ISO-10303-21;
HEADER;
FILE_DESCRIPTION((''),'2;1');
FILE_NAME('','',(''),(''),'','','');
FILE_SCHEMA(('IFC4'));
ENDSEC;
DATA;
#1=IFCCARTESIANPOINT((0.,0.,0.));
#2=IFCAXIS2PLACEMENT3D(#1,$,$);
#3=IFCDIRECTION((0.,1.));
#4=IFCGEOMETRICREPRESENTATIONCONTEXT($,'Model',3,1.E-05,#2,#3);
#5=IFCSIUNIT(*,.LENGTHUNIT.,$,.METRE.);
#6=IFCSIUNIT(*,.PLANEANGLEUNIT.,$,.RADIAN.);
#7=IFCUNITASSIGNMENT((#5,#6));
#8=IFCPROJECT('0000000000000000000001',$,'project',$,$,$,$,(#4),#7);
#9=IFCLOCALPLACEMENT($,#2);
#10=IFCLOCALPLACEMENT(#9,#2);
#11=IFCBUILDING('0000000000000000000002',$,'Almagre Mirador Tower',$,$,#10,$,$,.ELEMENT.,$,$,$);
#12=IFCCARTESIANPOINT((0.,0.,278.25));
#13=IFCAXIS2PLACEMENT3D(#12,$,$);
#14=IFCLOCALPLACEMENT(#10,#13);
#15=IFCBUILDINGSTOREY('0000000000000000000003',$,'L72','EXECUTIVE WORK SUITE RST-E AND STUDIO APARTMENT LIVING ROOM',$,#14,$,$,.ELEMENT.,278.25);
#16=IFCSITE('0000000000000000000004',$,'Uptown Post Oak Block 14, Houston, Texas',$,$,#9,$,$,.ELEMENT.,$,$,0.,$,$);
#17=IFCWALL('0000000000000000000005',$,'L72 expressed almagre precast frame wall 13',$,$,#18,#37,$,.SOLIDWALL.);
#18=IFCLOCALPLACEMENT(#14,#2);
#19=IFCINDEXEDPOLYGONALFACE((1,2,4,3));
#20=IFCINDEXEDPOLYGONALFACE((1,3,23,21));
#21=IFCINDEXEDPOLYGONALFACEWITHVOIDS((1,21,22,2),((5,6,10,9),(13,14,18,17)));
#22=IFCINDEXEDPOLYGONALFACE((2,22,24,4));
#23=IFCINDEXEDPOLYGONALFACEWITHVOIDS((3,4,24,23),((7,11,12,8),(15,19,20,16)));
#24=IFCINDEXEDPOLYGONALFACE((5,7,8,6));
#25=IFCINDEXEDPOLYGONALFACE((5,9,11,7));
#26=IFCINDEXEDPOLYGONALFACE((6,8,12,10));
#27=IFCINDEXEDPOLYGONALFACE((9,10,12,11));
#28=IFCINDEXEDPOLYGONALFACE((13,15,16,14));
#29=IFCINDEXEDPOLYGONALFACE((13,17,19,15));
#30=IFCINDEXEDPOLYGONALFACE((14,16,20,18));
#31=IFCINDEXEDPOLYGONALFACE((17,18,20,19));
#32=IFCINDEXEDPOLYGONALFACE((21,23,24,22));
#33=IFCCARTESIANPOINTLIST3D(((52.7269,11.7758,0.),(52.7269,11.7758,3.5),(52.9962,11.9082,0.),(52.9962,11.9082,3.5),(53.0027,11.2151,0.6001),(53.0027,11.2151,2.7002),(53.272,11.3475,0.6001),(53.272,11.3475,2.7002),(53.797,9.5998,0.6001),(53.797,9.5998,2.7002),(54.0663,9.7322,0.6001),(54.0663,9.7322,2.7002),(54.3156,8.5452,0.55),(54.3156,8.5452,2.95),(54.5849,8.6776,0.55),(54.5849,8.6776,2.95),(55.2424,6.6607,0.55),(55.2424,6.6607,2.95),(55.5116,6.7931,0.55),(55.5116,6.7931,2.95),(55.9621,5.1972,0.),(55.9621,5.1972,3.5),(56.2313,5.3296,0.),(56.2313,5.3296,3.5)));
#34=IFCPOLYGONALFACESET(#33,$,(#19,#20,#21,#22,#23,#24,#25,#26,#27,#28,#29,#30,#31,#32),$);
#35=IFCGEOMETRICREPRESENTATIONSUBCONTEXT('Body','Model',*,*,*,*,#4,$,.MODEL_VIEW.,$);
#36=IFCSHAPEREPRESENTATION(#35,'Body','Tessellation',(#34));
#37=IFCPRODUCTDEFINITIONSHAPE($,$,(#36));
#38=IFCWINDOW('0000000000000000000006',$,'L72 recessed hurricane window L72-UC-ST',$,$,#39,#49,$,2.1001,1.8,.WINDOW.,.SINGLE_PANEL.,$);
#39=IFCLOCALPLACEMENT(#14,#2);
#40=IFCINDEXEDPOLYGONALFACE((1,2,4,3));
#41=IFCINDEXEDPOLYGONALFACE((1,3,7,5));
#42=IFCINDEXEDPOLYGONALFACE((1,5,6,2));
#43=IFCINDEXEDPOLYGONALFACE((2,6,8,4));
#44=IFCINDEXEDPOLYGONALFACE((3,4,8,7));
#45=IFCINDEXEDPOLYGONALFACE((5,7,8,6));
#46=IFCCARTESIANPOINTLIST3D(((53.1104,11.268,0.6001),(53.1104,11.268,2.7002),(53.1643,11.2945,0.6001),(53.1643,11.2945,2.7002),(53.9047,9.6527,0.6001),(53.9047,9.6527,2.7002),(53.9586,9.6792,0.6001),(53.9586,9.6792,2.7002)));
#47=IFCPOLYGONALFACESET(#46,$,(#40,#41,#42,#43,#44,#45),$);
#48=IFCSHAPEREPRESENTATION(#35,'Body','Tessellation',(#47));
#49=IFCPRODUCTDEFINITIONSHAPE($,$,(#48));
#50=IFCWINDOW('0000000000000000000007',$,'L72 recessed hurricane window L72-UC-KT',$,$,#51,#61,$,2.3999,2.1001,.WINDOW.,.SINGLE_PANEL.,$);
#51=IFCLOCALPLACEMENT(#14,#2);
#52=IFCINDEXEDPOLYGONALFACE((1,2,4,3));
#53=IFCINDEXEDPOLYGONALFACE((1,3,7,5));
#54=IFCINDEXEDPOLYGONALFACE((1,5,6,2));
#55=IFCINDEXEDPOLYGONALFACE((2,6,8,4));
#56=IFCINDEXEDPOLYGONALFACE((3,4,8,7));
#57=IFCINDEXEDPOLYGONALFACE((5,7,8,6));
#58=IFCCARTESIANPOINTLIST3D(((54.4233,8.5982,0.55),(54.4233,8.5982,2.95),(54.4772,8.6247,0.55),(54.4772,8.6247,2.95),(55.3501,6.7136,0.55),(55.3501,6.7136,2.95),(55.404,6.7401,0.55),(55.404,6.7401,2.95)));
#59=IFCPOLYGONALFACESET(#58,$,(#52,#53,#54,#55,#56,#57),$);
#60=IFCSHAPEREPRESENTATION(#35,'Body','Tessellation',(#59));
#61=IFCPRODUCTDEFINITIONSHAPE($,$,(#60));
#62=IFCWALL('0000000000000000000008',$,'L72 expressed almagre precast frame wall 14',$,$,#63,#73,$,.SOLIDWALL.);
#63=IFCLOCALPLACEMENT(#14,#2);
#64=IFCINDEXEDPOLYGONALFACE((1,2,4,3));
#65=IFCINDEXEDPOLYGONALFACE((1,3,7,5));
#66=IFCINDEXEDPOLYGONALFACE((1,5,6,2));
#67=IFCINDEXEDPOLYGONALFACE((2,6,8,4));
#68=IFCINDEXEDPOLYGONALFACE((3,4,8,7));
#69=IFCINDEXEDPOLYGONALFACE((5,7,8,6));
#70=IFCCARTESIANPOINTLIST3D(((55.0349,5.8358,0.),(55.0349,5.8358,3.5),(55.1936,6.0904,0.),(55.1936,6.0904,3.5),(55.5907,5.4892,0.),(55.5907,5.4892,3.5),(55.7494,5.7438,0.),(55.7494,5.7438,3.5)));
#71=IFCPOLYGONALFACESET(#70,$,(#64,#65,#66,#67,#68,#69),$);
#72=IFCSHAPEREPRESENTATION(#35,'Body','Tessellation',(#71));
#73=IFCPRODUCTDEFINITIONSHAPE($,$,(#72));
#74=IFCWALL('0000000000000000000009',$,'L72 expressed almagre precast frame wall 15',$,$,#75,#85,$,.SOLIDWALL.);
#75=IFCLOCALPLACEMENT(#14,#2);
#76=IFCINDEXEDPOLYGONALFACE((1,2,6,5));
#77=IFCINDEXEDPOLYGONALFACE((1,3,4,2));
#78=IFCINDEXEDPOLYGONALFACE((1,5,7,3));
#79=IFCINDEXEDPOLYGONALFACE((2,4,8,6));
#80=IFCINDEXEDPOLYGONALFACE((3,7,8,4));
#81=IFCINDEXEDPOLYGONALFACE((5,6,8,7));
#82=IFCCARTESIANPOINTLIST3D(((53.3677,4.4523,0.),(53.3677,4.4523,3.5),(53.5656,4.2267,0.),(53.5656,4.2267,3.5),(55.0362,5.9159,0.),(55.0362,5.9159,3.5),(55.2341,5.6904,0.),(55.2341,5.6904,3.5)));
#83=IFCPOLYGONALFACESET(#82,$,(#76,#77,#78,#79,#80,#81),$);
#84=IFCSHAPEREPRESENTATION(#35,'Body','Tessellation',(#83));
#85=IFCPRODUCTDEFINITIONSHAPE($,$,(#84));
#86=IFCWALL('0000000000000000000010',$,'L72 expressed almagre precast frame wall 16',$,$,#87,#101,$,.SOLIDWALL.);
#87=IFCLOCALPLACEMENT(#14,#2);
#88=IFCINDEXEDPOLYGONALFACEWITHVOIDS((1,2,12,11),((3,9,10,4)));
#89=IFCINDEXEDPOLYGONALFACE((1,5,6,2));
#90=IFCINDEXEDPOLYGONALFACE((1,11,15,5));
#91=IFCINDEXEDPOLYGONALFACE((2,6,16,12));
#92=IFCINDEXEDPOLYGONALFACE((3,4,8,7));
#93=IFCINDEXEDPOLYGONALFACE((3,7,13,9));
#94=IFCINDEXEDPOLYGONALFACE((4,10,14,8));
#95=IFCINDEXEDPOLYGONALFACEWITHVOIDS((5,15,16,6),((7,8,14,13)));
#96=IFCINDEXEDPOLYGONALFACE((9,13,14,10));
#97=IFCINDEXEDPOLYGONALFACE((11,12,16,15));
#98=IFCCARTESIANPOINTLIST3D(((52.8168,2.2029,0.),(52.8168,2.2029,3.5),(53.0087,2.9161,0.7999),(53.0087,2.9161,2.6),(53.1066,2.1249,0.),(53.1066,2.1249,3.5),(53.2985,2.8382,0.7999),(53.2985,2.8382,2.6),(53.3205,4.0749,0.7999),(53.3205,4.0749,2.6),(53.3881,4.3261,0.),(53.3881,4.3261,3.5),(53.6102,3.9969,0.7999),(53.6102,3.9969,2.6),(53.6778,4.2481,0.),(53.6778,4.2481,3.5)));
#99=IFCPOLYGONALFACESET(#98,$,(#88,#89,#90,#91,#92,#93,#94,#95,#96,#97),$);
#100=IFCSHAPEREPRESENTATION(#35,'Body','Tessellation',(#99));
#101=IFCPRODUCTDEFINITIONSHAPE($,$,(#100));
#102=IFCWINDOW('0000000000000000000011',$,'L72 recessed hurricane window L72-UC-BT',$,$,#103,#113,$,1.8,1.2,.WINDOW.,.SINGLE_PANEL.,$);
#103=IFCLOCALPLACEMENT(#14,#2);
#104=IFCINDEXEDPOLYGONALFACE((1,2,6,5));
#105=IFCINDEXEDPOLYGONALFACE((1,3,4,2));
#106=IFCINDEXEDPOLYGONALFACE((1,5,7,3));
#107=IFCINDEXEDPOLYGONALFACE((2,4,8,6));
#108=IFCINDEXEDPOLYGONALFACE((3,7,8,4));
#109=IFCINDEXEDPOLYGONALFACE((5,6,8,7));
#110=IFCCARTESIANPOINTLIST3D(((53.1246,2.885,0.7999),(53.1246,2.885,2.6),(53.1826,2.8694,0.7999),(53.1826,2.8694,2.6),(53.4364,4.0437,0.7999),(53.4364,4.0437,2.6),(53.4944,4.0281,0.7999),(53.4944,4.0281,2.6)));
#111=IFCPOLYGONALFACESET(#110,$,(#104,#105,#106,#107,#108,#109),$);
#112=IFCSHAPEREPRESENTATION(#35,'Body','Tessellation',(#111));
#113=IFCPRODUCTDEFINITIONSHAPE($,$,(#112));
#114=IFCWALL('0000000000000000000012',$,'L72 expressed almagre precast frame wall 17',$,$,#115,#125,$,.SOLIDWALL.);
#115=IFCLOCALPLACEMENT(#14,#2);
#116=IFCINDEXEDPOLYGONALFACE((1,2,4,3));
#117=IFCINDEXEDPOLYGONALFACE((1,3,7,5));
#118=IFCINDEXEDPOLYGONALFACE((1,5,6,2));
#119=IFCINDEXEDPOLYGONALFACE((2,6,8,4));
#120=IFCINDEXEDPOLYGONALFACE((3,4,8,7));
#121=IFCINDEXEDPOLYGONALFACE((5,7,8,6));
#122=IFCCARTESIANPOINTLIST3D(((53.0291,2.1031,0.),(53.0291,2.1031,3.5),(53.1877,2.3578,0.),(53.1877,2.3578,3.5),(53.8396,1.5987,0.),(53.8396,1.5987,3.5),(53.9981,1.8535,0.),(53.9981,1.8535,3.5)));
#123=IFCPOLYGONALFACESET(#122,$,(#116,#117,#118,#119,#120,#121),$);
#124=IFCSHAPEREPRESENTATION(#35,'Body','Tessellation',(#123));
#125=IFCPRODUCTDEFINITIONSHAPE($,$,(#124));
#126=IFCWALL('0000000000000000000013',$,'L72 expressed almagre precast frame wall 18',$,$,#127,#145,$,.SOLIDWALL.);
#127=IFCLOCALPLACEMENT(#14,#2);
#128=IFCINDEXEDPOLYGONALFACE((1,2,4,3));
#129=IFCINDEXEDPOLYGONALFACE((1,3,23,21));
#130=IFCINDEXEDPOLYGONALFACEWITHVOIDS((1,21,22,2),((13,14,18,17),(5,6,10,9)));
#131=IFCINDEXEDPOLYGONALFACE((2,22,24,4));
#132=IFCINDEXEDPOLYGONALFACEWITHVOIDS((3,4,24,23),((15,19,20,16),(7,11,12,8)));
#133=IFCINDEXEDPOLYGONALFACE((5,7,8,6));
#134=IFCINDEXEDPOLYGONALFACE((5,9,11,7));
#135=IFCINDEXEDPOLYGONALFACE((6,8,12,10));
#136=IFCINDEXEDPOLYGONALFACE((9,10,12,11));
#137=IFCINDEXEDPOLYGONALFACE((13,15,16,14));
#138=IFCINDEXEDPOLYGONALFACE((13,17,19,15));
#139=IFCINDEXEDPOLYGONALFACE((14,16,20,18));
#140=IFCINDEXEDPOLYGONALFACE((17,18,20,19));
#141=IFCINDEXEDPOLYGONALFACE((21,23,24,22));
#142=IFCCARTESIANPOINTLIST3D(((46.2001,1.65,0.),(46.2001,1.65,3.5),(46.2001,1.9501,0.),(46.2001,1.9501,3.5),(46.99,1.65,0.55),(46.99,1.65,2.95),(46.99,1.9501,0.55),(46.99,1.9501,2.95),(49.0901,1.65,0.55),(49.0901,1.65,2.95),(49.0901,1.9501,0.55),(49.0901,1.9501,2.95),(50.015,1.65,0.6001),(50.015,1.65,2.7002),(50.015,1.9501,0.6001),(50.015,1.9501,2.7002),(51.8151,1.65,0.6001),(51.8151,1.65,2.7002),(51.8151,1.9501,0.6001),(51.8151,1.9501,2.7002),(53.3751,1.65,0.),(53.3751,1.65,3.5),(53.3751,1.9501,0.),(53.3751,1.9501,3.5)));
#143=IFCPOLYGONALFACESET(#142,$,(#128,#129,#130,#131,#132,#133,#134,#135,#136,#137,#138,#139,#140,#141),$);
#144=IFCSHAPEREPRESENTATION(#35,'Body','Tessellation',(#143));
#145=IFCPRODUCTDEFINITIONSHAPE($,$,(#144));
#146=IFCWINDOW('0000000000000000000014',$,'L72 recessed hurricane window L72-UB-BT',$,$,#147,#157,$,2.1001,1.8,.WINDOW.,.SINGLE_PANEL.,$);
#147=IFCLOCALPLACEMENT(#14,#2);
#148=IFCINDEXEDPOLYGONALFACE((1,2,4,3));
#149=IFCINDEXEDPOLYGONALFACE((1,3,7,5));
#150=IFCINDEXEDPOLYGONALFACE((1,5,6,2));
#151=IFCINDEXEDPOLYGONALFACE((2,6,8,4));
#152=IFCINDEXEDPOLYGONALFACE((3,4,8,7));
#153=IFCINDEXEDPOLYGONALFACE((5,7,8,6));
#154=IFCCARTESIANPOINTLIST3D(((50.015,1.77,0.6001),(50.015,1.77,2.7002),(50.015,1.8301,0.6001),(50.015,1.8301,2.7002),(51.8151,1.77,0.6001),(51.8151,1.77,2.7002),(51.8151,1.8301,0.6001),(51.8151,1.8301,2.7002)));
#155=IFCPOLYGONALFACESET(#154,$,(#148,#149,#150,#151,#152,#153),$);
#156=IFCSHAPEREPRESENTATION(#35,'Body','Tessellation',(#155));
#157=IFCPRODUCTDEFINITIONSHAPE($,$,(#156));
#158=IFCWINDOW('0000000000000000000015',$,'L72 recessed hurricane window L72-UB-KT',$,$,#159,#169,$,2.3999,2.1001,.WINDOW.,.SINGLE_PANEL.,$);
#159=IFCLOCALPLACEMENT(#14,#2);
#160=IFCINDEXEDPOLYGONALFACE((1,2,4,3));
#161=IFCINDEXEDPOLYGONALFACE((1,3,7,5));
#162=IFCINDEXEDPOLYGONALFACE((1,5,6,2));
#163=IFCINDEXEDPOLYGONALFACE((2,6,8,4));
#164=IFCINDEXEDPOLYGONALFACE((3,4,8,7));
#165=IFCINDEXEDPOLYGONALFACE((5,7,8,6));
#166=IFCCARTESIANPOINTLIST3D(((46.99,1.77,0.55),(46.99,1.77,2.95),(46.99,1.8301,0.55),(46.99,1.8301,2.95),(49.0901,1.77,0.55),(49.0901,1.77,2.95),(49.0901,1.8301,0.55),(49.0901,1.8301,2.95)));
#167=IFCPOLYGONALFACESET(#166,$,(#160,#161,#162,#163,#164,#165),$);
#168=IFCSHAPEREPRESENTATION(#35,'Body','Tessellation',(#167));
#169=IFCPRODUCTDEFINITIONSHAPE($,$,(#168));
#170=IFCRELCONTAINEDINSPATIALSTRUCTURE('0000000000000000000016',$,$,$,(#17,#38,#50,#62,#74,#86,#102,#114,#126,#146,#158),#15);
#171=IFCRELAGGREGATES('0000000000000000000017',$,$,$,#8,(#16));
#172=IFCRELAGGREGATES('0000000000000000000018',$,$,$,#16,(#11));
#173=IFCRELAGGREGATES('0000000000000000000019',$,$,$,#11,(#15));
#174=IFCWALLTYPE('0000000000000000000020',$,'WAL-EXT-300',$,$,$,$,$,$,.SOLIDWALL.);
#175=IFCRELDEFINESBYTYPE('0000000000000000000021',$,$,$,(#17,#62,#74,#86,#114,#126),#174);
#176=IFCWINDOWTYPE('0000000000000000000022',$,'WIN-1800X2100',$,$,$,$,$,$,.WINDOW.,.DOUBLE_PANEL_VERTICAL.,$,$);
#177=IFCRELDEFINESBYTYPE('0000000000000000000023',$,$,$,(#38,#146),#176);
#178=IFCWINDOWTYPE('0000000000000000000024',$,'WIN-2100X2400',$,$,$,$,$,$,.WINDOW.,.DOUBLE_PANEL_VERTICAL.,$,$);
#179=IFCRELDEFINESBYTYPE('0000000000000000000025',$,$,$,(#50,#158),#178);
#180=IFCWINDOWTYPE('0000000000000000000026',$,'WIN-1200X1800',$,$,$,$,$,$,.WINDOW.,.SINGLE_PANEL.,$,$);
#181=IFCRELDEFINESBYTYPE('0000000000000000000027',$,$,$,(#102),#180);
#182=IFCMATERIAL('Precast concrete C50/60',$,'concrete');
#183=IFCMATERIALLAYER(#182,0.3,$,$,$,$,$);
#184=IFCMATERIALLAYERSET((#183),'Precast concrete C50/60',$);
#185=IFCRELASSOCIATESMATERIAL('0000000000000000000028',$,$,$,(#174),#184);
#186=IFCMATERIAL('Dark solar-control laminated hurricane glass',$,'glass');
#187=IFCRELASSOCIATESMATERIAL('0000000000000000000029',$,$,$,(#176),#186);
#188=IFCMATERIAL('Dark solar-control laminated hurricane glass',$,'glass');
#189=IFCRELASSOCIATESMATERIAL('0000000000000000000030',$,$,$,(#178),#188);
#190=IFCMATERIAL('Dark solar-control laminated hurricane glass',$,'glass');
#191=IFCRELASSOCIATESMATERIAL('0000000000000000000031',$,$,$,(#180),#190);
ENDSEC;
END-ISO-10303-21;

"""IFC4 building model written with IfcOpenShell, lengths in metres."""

from ifc_helpers import new_model, si_unit, direction, frame, frame_2d, origin, place, context, subcontext, project, spatial, rectangle, extrude, material, layer, layer_set, type_object, element, fill, save


model = new_model("IFC4")

# Units and contexts
model_context = context("Model", 3, precision=1e-05, world=origin(), true_north=direction((0.0, 1.0)))
body_context = subcontext(model_context, "Body", "Model", "MODEL_VIEW")
ifc_project = project(units=[si_unit("LENGTHUNIT", "METRE"), si_unit("PLANEANGLEUNIT", "RADIAN")], contexts=[model_context])

# Site, building, storey
site_placement = place(None, origin())
site = spatial("IfcSite", under=ifc_project, at=site_placement, Name="Uptown Post Oak Block 14, Houston, Texas", CompositionType="ELEMENT", RefElevation=0.0)
building_placement = place(site_placement, origin())
building = spatial("IfcBuilding", under=site, at=building_placement, Name="Almagre Mirador Tower", CompositionType="ELEMENT")
storey_placement = place(building_placement, frame((0.0, 0.0, 278.25)))
storey = spatial("IfcBuildingStorey", under=building, at=storey_placement, Name="L72", Description="EXECUTIVE WORK SUITE RST-E AND STUDIO APARTMENT LIVING ROOM", CompositionType="ELEMENT", Elevation=278.25)

# Wall, openings, windows
ifc_material_1 = material(Name="Precast concrete C50/60", Category="concrete")
ifc_layer_1 = layer(ifc_material_1, 0.3)
ifc_layer_set_1 = layer_set([ifc_layer_1], Name="Precast concrete C50/60")
wall_type_1 = type_object("IfcWallType", Name="WAL-EXT-300", PredefinedType="SOLIDWALL", material=ifc_layer_set_1)
wall_1_placement = place(storey_placement, frame((52.8616, 11.842, 0.0), z_axis=(0.0, 0.0, 1.0), x_axis=(0.441289, -0.897365, 0.0)))
wall_1 = element("IfcWall", 1, at=wall_1_placement, inside=storey, type_object=wall_type_1, Name="L72 expressed almagre precast frame wall 13", PredefinedType="SOLIDWALL", context=body_context, shape_type="SweptSolid", body=[
    extrude(rectangle(XDim=7.3311, YDim=0.3, at=frame_2d((3.6655, 0.0))), origin(), (0.0, 0.0, 1.0), 3.5),
])
opening_1_placement = place(wall_1_placement, frame((0.625, 0.0, 0.6001)))
opening_1 = element("IfcOpeningElement", 2, at=opening_1_placement, cuts=wall_1, PredefinedType="OPENING", context=body_context, shape_type="SweptSolid", body=[
    extrude(rectangle(XDim=1.8, YDim=2.1001, at=frame_2d((0.8999, 1.05))), frame((0.0, 0.1599, 0.0), z_axis=(0.0, -1.0, 0.0), x_axis=(1.0, 0.0, 0.0)), (0.0, 0.0, 1.0), 0.32),
])
opening_2_placement = place(wall_1_placement, frame((3.6001, 0.0, 0.55)))
opening_2 = element("IfcOpeningElement", 3, at=opening_2_placement, cuts=wall_1, PredefinedType="OPENING", context=body_context, shape_type="SweptSolid", body=[
    extrude(rectangle(XDim=2.1001, YDim=2.3999, at=frame_2d((1.05, 1.2))), frame((0.0, 0.1599, 0.0), z_axis=(0.0, -1.0, 0.0), x_axis=(1.0, 0.0, 0.0)), (0.0, 0.0, 1.0), 0.32),
])
ifc_material_2 = material(Name="Dark solar-control laminated hurricane glass", Category="glass")
window_type_1 = type_object("IfcWindowType", Name="WIN-1800X2100", PartitioningType="DOUBLE_PANEL_VERTICAL", PredefinedType="WINDOW", material=ifc_material_2)
window_1_placement = place(opening_1_placement, origin())
window_1 = element("IfcWindow", 4, at=window_1_placement, inside=storey, type_object=window_type_1, Name="L72 recessed hurricane window L72-UC-ST", OverallHeight=2.1001, OverallWidth=1.8, PartitioningType="SINGLE_PANEL", PredefinedType="WINDOW", context=body_context, shape_type="SweptSolid", body=[
    extrude(rectangle(XDim=1.8, YDim=2.1001, at=frame_2d((0.8999, 1.05))), frame((0.0, 0.03, 0.0), z_axis=(0.0, -1.0, 0.0), x_axis=(1.0, 0.0, 0.0)), (0.0, 0.0, 1.0), 0.0601),
])
fill(opening_1, window_1)
ifc_material_3 = material(Name="Dark solar-control laminated hurricane glass", Category="glass")
window_type_2 = type_object("IfcWindowType", Name="WIN-2100X2400", PartitioningType="DOUBLE_PANEL_VERTICAL", PredefinedType="WINDOW", material=ifc_material_3)
window_2_placement = place(opening_2_placement, origin())
window_2 = element("IfcWindow", 5, at=window_2_placement, inside=storey, type_object=window_type_2, Name="L72 recessed hurricane window L72-UC-KT", OverallHeight=2.3999, OverallWidth=2.1001, PartitioningType="SINGLE_PANEL", PredefinedType="WINDOW", context=body_context, shape_type="SweptSolid", body=[
    extrude(rectangle(XDim=2.1001, YDim=2.3999, at=frame_2d((1.05, 1.2))), frame((0.0, 0.03, 0.0), z_axis=(0.0, -1.0, 0.0), x_axis=(1.0, 0.0, 0.0)), (0.0, 0.0, 1.0), 0.0601),
])
fill(opening_2, window_2)

# Walls
wall_2_placement = place(storey_placement, frame((55.6702, 5.6165, 0.0), z_axis=(0.0, 0.0, 1.0), x_axis=(-0.848521, 0.529161, 0.0)))
element("IfcWall", 6, at=wall_2_placement, inside=storey, type_object=wall_type_1, Name="L72 expressed almagre precast frame wall 14", PredefinedType="SOLIDWALL", context=body_context, shape_type="SweptSolid", body=[
    extrude(rectangle(XDim=0.655, YDim=0.3, at=frame_2d((0.3276, 0.0))), origin(), (0.0, 0.0, 1.0), 3.5),
])
wall_3_placement = place(storey_placement, frame((55.1353, 5.8032, 0.0), z_axis=(0.0, 0.0, 1.0), x_axis=(-0.751745, -0.659454, 0.0)))
element("IfcWall", 7, at=wall_3_placement, inside=storey, type_object=wall_type_1, Name="L72 expressed almagre precast frame wall 15", PredefinedType="SOLIDWALL", context=body_context, shape_type="SweptSolid", body=[
    extrude(rectangle(XDim=2.2195, YDim=0.3, at=frame_2d((1.1099, 0.0))), origin(), (0.0, 0.0, 1.0), 3.5),
])

# Wall, opening, window
wall_4_placement = place(storey_placement, frame((53.533, 4.2871, 0.0), z_axis=(0.0, 0.0, 1.0), x_axis=(-0.259818, -0.965658, 0.0)))
wall_4 = element("IfcWall", 8, at=wall_4_placement, inside=storey, type_object=wall_type_1, Name="L72 expressed almagre precast frame wall 16", PredefinedType="SOLIDWALL", context=body_context, shape_type="SweptSolid", body=[
    extrude(rectangle(XDim=2.1987, YDim=0.3, at=frame_2d((1.0994, 0.0))), origin(), (0.0, 0.0, 1.0), 3.5),
])
opening_3_placement = place(wall_4_placement, frame((0.26, 0.0, 0.8)))
opening_3 = element("IfcOpeningElement", 9, at=opening_3_placement, cuts=wall_4, PredefinedType="OPENING", context=body_context, shape_type="SweptSolid", body=[
    extrude(rectangle(XDim=1.2, YDim=1.8, at=frame_2d((0.6001, 0.8999))), frame((0.0, 0.1599, 0.0), z_axis=(0.0, -1.0, 0.0), x_axis=(1.0, 0.0, 0.0)), (0.0, 0.0, 1.0), 0.32),
])
ifc_material_4 = material(Name="Dark solar-control laminated hurricane glass", Category="glass")
window_type_3 = type_object("IfcWindowType", Name="WIN-1200X1800", PartitioningType="SINGLE_PANEL", PredefinedType="WINDOW", material=ifc_material_4)
window_3_placement = place(opening_3_placement, origin())
window_3 = element("IfcWindow", 10, at=window_3_placement, inside=storey, type_object=window_type_3, Name="L72 recessed hurricane window L72-UC-BT", OverallHeight=1.8, OverallWidth=1.2, PartitioningType="SINGLE_PANEL", PredefinedType="WINDOW", context=body_context, shape_type="SweptSolid", body=[
    extrude(rectangle(XDim=1.2, YDim=1.8, at=frame_2d((0.6001, 0.8999))), frame((0.0, 0.03, 0.0), z_axis=(0.0, -1.0, 0.0), x_axis=(1.0, 0.0, 0.0)), (0.0, 0.0, 1.0), 0.0601),
])
fill(opening_3, window_3)

# Wall
wall_5_placement = place(storey_placement, frame((53.1084, 2.2305, 0.0), z_axis=(0.0, 0.0, 1.0), x_axis=(0.849031, -0.528343, 0.0)))
element("IfcWall", 11, at=wall_5_placement, inside=storey, type_object=wall_type_1, Name="L72 expressed almagre precast frame wall 17", PredefinedType="SOLIDWALL", context=body_context, shape_type="SweptSolid", body=[
    extrude(rectangle(XDim=0.9546, YDim=0.3, at=frame_2d((0.4773, 0.0))), origin(), (0.0, 0.0, 1.0), 3.5),
])

# Wall, openings, windows
wall_6_placement = place(storey_placement, frame((53.375, 1.8, 0.0), z_axis=(0.0, 0.0, 1.0), x_axis=(-1.0, 0.0, 0.0)))
wall_6 = element("IfcWall", 12, at=wall_6_placement, inside=storey, type_object=wall_type_1, Name="L72 expressed almagre precast frame wall 18", PredefinedType="SOLIDWALL", context=body_context, shape_type="SweptSolid", body=[
    extrude(rectangle(XDim=7.175, YDim=0.3, at=frame_2d((3.5874, 0.0))), origin(), (0.0, 0.0, 1.0), 3.5),
])
opening_4_placement = place(wall_6_placement, frame((4.2849, 0.0, 0.55)))
opening_4 = element("IfcOpeningElement", 13, at=opening_4_placement, cuts=wall_6, PredefinedType="OPENING", context=body_context, shape_type="SweptSolid", body=[
    extrude(rectangle(XDim=2.1001, YDim=2.3999, at=frame_2d((1.05, 1.2))), frame((0.0, 0.1599, 0.0), z_axis=(0.0, -1.0, 0.0), x_axis=(1.0, 0.0, 0.0)), (0.0, 0.0, 1.0), 0.32),
])
opening_5_placement = place(wall_6_placement, frame((1.5601, 0.0, 0.6001)))
opening_5 = element("IfcOpeningElement", 14, at=opening_5_placement, cuts=wall_6, PredefinedType="OPENING", context=body_context, shape_type="SweptSolid", body=[
    extrude(rectangle(XDim=1.8, YDim=2.1001, at=frame_2d((0.8999, 1.05))), frame((0.0, 0.1599, 0.0), z_axis=(0.0, -1.0, 0.0), x_axis=(1.0, 0.0, 0.0)), (0.0, 0.0, 1.0), 0.32),
])
window_4_placement = place(opening_5_placement, origin())
window_4 = element("IfcWindow", 15, at=window_4_placement, inside=storey, type_object=window_type_1, Name="L72 recessed hurricane window L72-UB-BT", OverallHeight=2.1001, OverallWidth=1.8, PartitioningType="SINGLE_PANEL", PredefinedType="WINDOW", context=body_context, shape_type="SweptSolid", body=[
    extrude(rectangle(XDim=1.8, YDim=2.1001, at=frame_2d((0.8999, 1.05))), frame((0.0, 0.03, 0.0), z_axis=(0.0, -1.0, 0.0), x_axis=(1.0, 0.0, 0.0)), (0.0, 0.0, 1.0), 0.0601),
])
fill(opening_5, window_4)
window_5_placement = place(opening_4_placement, origin())
window_5 = element("IfcWindow", 16, at=window_5_placement, inside=storey, type_object=window_type_2, Name="L72 recessed hurricane window L72-UB-KT", OverallHeight=2.3999, OverallWidth=2.1001, PartitioningType="SINGLE_PANEL", PredefinedType="WINDOW", context=body_context, shape_type="SweptSolid", body=[
    extrude(rectangle(XDim=2.1001, YDim=2.3999, at=frame_2d((1.05, 1.2))), frame((0.0, 0.03, 0.0), z_axis=(0.0, -1.0, 0.0), x_axis=(1.0, 0.0, 0.0)), (0.0, 0.0, 1.0), 0.0601),
])
fill(opening_4, window_5)

save(model, "model.ifc")
